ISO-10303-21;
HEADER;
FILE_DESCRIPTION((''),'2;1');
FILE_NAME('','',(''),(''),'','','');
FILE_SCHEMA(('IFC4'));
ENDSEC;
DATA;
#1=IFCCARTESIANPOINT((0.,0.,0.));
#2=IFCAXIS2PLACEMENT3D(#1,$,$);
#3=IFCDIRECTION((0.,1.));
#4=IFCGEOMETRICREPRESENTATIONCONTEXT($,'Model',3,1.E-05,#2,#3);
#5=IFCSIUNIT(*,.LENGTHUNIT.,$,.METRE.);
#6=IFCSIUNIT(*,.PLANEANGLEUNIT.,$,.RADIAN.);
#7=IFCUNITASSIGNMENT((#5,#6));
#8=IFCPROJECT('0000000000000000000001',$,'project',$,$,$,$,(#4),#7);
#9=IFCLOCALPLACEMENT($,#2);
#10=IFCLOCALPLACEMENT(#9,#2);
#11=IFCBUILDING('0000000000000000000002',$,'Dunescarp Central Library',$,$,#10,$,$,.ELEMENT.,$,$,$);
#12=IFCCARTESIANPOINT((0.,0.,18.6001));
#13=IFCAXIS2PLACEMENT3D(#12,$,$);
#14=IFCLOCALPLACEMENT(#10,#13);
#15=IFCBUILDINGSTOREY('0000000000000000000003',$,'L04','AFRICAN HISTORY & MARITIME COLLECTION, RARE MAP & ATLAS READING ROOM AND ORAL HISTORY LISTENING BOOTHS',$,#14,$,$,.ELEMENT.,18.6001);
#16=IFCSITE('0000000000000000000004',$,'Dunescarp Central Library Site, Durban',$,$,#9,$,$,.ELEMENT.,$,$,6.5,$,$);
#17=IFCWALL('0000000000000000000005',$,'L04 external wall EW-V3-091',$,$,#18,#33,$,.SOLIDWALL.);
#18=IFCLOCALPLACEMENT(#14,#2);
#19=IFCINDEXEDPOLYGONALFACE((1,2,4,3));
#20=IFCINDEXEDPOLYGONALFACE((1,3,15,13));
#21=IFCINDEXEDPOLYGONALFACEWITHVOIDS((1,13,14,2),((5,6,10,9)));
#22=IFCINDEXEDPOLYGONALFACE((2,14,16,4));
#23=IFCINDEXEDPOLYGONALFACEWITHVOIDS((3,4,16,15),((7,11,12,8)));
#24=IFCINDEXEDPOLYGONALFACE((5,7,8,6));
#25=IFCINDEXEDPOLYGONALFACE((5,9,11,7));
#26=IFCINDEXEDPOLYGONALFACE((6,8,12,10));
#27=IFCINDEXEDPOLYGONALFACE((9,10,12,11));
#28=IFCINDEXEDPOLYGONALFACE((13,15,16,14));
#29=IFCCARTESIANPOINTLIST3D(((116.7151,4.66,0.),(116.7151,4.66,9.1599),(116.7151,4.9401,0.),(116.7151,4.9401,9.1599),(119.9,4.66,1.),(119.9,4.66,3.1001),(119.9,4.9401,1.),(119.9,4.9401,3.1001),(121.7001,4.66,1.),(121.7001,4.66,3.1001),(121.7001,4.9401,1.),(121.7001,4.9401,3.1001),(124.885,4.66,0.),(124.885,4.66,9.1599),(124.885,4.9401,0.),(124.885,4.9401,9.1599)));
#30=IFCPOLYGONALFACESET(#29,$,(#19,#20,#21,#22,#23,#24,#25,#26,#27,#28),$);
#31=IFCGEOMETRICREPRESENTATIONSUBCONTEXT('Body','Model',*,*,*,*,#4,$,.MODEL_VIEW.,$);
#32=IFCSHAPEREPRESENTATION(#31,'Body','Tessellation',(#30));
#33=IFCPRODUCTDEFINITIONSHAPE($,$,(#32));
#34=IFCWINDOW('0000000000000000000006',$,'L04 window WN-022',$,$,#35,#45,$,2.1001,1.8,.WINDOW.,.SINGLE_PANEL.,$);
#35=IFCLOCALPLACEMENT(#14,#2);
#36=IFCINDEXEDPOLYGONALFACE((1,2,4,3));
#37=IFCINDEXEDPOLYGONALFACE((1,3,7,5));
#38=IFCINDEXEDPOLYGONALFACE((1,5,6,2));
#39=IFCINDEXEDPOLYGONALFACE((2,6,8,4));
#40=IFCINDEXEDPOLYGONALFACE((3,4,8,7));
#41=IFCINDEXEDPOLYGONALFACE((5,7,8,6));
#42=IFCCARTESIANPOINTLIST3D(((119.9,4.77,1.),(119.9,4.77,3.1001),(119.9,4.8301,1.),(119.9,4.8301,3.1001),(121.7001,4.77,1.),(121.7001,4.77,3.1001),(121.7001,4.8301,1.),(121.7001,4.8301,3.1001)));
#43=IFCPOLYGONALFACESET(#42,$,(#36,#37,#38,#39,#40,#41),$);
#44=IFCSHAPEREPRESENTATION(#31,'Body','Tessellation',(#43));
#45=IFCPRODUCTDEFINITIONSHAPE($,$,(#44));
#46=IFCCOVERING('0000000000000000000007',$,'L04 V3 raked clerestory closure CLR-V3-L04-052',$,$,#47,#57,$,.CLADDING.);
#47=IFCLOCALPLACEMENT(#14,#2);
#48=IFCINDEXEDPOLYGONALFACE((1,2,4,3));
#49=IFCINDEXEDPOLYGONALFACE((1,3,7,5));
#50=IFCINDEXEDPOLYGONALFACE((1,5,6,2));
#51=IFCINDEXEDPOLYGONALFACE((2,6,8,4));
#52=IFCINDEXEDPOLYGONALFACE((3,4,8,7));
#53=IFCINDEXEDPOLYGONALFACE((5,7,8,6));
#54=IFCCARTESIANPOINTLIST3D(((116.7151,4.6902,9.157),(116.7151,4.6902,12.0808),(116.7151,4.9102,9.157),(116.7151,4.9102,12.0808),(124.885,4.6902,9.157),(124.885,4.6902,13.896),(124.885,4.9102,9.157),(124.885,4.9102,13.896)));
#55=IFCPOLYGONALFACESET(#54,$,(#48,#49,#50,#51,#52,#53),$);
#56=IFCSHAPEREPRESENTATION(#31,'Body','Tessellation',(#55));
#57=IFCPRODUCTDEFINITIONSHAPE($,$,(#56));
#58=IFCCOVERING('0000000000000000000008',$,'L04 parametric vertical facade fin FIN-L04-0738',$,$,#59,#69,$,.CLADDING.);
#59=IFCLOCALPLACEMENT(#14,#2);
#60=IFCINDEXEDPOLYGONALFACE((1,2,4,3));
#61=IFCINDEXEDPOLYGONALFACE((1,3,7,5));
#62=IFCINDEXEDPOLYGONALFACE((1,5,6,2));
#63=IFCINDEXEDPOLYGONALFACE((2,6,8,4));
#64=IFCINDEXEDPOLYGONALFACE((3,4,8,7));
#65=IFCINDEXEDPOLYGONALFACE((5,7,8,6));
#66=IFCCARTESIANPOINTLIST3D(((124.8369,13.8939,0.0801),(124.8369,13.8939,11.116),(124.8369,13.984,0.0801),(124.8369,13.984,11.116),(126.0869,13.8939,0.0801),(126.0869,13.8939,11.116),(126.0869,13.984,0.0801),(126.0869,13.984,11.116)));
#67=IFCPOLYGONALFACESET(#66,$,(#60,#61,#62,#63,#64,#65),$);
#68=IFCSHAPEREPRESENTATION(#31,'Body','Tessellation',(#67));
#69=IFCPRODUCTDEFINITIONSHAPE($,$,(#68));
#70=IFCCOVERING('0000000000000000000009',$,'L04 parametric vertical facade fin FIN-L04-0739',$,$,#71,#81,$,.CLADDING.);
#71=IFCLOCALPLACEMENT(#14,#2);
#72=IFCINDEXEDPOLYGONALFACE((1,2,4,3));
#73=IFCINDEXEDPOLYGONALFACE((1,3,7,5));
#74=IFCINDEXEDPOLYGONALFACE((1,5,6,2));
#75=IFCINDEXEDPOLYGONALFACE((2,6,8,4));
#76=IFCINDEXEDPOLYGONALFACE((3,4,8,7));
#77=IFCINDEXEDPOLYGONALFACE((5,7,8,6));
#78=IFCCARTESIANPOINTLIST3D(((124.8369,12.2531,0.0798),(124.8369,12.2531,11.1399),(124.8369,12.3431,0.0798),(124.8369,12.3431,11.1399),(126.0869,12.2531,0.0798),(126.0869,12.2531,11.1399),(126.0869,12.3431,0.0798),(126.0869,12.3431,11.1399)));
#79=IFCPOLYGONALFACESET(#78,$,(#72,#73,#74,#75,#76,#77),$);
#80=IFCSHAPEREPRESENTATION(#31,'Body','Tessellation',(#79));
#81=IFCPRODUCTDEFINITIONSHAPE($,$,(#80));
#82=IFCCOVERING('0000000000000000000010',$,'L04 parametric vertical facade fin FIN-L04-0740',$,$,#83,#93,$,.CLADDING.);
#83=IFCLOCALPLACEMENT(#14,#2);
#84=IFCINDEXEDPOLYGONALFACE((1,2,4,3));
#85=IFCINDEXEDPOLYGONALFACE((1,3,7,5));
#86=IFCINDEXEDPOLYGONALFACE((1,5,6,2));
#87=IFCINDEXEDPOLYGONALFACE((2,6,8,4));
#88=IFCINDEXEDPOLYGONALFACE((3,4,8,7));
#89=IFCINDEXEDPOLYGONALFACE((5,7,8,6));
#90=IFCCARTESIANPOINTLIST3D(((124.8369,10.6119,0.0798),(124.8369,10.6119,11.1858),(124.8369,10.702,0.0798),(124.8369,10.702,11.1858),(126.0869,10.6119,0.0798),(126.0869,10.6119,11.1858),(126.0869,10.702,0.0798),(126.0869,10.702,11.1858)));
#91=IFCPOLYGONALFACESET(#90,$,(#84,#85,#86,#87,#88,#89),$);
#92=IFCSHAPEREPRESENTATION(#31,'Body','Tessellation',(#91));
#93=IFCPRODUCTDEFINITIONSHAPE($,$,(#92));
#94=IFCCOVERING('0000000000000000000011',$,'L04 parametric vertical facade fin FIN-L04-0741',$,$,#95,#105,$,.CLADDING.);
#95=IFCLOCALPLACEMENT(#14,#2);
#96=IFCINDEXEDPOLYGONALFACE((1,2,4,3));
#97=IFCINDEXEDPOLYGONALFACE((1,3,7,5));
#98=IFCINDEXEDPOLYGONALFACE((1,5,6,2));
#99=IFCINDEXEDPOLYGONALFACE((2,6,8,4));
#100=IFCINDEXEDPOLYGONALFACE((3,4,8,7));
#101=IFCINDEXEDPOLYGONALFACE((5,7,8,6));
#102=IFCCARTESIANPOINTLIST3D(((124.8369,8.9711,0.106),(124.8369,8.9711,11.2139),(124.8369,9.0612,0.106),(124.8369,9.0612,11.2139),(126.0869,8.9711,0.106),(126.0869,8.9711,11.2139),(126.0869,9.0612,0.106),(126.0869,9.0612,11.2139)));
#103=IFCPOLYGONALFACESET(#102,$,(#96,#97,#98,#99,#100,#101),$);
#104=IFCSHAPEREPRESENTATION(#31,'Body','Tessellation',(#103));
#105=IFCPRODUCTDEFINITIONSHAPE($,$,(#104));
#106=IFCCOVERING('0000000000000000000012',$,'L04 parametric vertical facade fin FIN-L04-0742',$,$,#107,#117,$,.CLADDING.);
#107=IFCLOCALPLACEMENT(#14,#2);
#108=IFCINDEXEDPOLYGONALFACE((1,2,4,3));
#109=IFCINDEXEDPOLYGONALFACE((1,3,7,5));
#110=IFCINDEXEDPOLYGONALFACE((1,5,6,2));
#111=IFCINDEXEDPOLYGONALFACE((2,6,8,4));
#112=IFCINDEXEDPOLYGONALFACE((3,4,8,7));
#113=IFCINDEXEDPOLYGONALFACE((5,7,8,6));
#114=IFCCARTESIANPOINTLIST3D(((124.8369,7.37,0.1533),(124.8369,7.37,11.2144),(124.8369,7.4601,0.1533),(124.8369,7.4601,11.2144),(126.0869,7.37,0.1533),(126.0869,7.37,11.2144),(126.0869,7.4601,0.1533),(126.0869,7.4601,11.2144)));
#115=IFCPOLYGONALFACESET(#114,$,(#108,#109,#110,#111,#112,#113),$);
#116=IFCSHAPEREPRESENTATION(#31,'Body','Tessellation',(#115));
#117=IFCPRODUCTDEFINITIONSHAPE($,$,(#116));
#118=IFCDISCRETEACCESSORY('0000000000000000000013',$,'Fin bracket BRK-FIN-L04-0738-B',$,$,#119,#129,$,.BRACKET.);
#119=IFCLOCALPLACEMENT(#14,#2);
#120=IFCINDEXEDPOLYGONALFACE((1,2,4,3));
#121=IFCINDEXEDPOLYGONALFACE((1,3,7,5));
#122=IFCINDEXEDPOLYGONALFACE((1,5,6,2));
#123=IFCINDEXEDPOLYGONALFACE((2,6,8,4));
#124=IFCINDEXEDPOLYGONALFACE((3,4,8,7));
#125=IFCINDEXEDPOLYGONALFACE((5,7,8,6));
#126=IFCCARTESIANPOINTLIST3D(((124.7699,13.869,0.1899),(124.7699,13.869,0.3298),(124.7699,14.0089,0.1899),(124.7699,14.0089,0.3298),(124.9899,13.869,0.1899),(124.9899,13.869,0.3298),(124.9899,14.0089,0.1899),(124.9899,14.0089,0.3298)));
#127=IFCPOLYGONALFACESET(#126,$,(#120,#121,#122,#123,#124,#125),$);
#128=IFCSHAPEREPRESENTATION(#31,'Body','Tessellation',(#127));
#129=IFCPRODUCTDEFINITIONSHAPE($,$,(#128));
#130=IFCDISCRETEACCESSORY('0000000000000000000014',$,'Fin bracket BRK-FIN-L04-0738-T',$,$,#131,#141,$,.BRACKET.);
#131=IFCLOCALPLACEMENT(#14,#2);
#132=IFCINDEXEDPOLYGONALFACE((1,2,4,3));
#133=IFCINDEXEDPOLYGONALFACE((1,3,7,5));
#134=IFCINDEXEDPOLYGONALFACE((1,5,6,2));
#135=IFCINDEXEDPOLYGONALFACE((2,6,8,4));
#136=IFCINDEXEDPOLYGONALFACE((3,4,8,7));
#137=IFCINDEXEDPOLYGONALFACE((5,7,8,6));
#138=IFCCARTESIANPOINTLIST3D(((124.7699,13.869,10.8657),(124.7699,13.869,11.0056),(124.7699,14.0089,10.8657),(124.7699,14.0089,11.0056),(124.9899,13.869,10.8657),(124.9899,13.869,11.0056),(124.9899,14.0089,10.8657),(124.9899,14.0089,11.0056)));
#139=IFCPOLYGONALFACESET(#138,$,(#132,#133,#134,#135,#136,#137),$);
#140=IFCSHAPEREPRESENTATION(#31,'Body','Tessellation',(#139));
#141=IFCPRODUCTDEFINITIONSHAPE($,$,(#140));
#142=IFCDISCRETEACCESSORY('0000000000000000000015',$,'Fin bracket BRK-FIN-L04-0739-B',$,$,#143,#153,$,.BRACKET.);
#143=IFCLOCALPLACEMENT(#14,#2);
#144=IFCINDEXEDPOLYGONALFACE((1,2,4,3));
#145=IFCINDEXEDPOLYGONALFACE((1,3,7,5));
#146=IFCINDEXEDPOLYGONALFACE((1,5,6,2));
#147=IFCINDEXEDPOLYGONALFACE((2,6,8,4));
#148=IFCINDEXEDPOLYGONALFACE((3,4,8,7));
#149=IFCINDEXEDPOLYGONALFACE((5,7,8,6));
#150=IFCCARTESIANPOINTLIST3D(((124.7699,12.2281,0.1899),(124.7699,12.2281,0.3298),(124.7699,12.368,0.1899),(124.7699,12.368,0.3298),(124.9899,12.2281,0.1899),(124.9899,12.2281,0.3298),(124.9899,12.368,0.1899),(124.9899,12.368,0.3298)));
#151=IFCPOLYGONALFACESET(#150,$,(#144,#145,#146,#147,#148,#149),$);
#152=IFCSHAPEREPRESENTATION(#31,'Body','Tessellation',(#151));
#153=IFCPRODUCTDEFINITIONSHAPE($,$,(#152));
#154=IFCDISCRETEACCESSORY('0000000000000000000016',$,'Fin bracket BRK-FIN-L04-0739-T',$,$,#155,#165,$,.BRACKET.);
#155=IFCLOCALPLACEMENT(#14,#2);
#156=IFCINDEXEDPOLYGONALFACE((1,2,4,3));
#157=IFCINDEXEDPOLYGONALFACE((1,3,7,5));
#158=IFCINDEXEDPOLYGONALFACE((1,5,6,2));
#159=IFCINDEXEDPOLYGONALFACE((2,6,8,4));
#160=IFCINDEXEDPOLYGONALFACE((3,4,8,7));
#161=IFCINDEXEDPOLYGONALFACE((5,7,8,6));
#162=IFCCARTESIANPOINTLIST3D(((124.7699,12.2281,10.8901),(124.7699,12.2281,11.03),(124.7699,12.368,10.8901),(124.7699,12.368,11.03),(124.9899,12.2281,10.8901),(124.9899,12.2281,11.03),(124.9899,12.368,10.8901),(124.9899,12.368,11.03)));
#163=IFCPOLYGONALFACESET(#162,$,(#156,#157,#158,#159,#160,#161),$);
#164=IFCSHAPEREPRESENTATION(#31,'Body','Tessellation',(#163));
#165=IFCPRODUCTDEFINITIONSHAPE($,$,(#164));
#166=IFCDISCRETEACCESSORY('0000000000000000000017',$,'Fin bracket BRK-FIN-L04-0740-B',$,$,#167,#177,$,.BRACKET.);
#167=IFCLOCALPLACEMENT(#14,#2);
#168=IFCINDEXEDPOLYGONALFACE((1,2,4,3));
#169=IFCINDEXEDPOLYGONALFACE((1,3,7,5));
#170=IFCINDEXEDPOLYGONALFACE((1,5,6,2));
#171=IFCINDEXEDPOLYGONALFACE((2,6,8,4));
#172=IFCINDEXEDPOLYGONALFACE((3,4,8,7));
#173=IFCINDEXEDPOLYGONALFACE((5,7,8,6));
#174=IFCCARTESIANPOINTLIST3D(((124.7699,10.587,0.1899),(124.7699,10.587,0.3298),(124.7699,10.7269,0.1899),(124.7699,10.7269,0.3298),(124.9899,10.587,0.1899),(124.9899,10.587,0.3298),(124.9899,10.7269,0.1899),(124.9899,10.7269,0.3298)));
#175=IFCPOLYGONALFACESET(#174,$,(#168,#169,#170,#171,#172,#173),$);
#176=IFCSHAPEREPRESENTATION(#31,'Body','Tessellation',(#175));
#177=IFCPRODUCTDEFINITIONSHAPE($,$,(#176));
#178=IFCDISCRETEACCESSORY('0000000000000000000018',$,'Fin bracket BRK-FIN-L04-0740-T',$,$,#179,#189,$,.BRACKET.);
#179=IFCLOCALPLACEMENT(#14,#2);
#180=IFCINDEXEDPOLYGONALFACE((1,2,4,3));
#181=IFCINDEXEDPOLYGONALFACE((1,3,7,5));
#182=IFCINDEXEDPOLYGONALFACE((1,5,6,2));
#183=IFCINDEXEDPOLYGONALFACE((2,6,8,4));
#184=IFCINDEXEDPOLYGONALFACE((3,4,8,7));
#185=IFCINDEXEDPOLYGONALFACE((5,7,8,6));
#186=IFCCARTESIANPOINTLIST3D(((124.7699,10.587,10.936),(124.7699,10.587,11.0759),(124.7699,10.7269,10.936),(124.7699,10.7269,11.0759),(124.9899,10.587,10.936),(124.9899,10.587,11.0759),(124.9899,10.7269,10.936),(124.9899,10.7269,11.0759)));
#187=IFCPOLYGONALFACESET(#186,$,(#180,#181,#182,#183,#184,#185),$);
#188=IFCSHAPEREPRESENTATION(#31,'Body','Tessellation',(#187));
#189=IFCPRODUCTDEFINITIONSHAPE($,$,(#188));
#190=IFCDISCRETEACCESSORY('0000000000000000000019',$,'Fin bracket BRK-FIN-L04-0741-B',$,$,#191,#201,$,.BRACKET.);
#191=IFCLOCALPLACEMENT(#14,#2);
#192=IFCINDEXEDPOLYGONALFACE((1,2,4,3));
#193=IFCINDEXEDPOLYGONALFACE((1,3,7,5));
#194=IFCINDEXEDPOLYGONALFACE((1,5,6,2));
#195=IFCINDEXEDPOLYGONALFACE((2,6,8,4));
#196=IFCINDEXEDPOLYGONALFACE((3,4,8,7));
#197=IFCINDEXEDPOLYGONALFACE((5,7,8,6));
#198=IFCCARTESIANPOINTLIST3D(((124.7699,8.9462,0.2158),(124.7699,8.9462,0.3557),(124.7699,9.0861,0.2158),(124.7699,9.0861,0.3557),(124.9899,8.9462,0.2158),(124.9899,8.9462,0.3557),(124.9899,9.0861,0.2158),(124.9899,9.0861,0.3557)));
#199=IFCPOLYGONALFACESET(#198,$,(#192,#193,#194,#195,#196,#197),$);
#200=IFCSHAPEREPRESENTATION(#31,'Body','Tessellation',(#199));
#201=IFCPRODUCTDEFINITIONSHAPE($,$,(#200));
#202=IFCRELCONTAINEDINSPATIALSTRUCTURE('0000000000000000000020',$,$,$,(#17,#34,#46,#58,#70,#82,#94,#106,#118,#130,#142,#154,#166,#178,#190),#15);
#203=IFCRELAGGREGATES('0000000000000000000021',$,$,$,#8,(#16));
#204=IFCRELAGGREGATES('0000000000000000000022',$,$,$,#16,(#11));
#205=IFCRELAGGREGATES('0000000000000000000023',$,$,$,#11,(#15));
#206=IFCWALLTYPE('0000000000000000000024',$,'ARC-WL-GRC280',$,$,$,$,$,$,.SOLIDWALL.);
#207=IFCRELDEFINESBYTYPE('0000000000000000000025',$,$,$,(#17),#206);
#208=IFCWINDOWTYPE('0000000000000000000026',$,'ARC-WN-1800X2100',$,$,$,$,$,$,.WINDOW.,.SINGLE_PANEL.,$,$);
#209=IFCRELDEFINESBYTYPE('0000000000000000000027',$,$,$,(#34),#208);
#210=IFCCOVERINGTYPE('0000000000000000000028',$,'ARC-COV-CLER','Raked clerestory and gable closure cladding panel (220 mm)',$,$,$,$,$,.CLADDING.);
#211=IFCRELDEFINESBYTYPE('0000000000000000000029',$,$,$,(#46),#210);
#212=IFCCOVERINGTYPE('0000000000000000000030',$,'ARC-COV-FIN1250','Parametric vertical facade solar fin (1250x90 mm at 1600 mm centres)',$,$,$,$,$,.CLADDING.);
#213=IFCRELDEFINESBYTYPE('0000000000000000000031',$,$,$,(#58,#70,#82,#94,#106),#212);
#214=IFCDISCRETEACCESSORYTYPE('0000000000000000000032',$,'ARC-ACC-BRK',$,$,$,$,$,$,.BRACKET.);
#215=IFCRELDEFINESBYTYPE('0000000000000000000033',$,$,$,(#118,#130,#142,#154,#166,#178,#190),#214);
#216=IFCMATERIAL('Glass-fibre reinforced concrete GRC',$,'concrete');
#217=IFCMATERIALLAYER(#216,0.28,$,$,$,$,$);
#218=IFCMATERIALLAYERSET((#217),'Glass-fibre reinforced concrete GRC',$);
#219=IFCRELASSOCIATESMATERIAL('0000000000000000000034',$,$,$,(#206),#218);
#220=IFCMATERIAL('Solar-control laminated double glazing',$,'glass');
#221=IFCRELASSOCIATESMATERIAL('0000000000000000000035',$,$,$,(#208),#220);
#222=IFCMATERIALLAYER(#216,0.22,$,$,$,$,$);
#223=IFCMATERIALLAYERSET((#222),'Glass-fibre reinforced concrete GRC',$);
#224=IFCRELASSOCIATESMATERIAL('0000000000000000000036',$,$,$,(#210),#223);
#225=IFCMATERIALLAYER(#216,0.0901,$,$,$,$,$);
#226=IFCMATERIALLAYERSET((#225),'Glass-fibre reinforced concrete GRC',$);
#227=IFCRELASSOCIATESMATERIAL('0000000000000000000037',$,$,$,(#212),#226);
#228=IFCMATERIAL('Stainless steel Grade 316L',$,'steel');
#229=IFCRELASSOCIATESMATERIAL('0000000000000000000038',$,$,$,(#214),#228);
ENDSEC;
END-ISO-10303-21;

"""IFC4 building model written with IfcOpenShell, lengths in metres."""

from ifc_helpers import new_model, si_unit, direction, frame, frame_2d, origin, origin_2d, place, context, subcontext, project, spatial, polyline, rectangle, outline, extrude, material, layer, layer_set, type_object, element, fill, save


model = new_model("IFC4")

# Units and contexts
model_context = context("Model", 3, precision=1e-05, world=origin(), true_north=direction((0.0, 1.0)))
body_context = subcontext(model_context, "Body", "Model", "MODEL_VIEW")
ifc_project = project(units=[si_unit("LENGTHUNIT", "METRE"), si_unit("PLANEANGLEUNIT", "RADIAN")], contexts=[model_context])

# Site, building, storey
site_placement = place(None, origin())
site = spatial("IfcSite", under=ifc_project, at=site_placement, Name="Dunescarp Central Library Site, Durban", CompositionType="ELEMENT", RefElevation=6.5)
building_placement = place(site_placement, origin())
building = spatial("IfcBuilding", under=site, at=building_placement, Name="Dunescarp Central Library", CompositionType="ELEMENT")
storey_placement = place(building_placement, frame((0.0, 0.0, 18.6001)))
storey = spatial("IfcBuildingStorey", under=building, at=storey_placement, Name="L04", Description="AFRICAN HISTORY & MARITIME COLLECTION, RARE MAP & ATLAS READING ROOM AND ORAL HISTORY LISTENING BOOTHS", CompositionType="ELEMENT", Elevation=18.6001)

# Shared definitions
ifc_material_1 = material(Name="Solar-control laminated double glazing", Category="glass")

# Wall, opening, window
ifc_material_2 = material(Name="Glass-fibre reinforced concrete GRC", Category="concrete")
ifc_layer_1 = layer(ifc_material_2, 0.28)
ifc_layer_set_1 = layer_set([ifc_layer_1], Name="Glass-fibre reinforced concrete GRC")
wall_type = type_object("IfcWallType", Name="ARC-WL-GRC280", PredefinedType="SOLIDWALL", material=ifc_layer_set_1)
wall_placement = place(storey_placement, frame((124.885, 4.8, 0.0), z_axis=(0.0, 0.0, 1.0), x_axis=(-1.0, 0.0, 0.0)))
wall = element("IfcWall", 1, at=wall_placement, inside=storey, type_object=wall_type, Name="L04 external wall EW-V3-091", PredefinedType="SOLIDWALL", context=body_context, shape_type="SweptSolid", body=[
    extrude(rectangle(XDim=8.1699, YDim=0.28, at=frame_2d((4.085, 0.0))), origin(), (0.0, 0.0, 1.0), 9.1599),
])
opening_placement = place(wall_placement, frame((3.1851, 0.0, 1.0)))
opening = element("IfcOpeningElement", 2, at=opening_placement, cuts=wall, PredefinedType="OPENING", context=body_context, shape_type="SweptSolid", body=[
    extrude(rectangle(XDim=1.8, YDim=2.1001, at=frame_2d((0.8999, 1.05))), frame((0.0, 0.1499, 0.0), z_axis=(0.0, -1.0, 0.0), x_axis=(1.0, 0.0, 0.0)), (0.0, 0.0, 1.0), 0.3),
])
window_type = type_object("IfcWindowType", Name="ARC-WN-1800X2100", PartitioningType="SINGLE_PANEL", PredefinedType="WINDOW", material=ifc_material_1)
window_placement = place(opening_placement, origin())
window = element("IfcWindow", 3, at=window_placement, inside=storey, type_object=window_type, Name="L04 window WN-022", OverallHeight=2.1001, OverallWidth=1.8, PartitioningType="SINGLE_PANEL", PredefinedType="WINDOW", context=body_context, shape_type="SweptSolid", body=[
    extrude(rectangle(XDim=1.8, YDim=2.1001, at=frame_2d((0.8999, 1.05))), frame((0.0, 0.03, 0.0), z_axis=(0.0, -1.0, 0.0), x_axis=(1.0, 0.0, 0.0)), (0.0, 0.0, 1.0), 0.0601),
])
fill(opening, window)

# Coverings
ifc_layer_2 = layer(ifc_material_2, 0.22)
ifc_layer_set_2 = layer_set([ifc_layer_2], Name="Glass-fibre reinforced concrete GRC")
covering_type_1 = type_object("IfcCoveringType", Name="ARC-COV-CLER", Description="Raked clerestory and gable closure cladding panel (220 mm)", PredefinedType="CLADDING", material=ifc_layer_set_2)
covering_1_placement = place(storey_placement, frame((124.885, 4.8, 9.157), z_axis=(0.0, 0.0, 1.0), x_axis=(-1.0, 0.0, 0.0)))
element("IfcCovering", 4, at=covering_1_placement, inside=storey, type_object=covering_type_1, Name="L04 V3 raked clerestory closure CLR-V3-L04-052", PredefinedType="CLADDING", context=body_context, shape_type="SweptSolid", body=[
    extrude(outline(polyline([(0.0, 0.0), (8.1699, 0.0), (8.1699, 2.9238), (0.0, 4.739), (0.0, 0.0)])), frame((0.0, 0.1099, 0.0), z_axis=(0.0, -1.0, 0.0), x_axis=(1.0, 0.0, 0.0)), (0.0, 0.0, 1.0), 0.22),
])
ifc_layer_3 = layer(ifc_material_2, 0.0901)
ifc_layer_set_3 = layer_set([ifc_layer_3], Name="Glass-fibre reinforced concrete GRC")
covering_type_2 = type_object("IfcCoveringType", Name="ARC-COV-FIN1250", Description="Parametric vertical facade solar fin (1250x90 mm at 1600 mm centres)", PredefinedType="CLADDING", material=ifc_layer_set_3)
covering_2_placement = place(storey_placement, frame((125.4619, 13.939, 0.0801), z_axis=(0.0, 0.0, 1.0), x_axis=(1.0, 0.0, 0.0)))
element("IfcCovering", 5, at=covering_2_placement, inside=storey, type_object=covering_type_2, Name="L04 parametric vertical facade fin FIN-L04-0738", PredefinedType="CLADDING", context=body_context, shape_type="SweptSolid", body=[
    extrude(rectangle(XDim=1.25, YDim=0.0901, at=origin_2d()), origin(), (0.0, 0.0, 1.0), 11.0359),
])
covering_3_placement = place(storey_placement, frame((125.4619, 12.2981, 0.0798), z_axis=(0.0, 0.0, 1.0), x_axis=(1.0, 0.0, 0.0)))
element("IfcCovering", 6, at=covering_3_placement, inside=storey, type_object=covering_type_2, Name="L04 parametric vertical facade fin FIN-L04-0739", PredefinedType="CLADDING", context=body_context, shape_type="SweptSolid", body=[
    extrude(rectangle(XDim=1.25, YDim=0.0901, at=origin_2d()), origin(), (0.0, 0.0, 1.0), 11.0601),
])
covering_4_placement = place(storey_placement, frame((125.4619, 10.657, 0.0798), z_axis=(0.0, 0.0, 1.0), x_axis=(1.0, 0.0, 0.0)))
element("IfcCovering", 7, at=covering_4_placement, inside=storey, type_object=covering_type_2, Name="L04 parametric vertical facade fin FIN-L04-0740", PredefinedType="CLADDING", context=body_context, shape_type="SweptSolid", body=[
    extrude(rectangle(XDim=1.25, YDim=0.0901, at=origin_2d()), origin(), (0.0, 0.0, 1.0), 11.106),
])
covering_5_placement = place(storey_placement, frame((125.4619, 9.0161, 0.106), z_axis=(0.0, 0.0, 1.0), x_axis=(1.0, 0.0, 0.0)))
element("IfcCovering", 8, at=covering_5_placement, inside=storey, type_object=covering_type_2, Name="L04 parametric vertical facade fin FIN-L04-0741", PredefinedType="CLADDING", context=body_context, shape_type="SweptSolid", body=[
    extrude(rectangle(XDim=1.25, YDim=0.0901, at=origin_2d()), origin(), (0.0, 0.0, 1.0), 11.1079),
])
covering_6_placement = place(storey_placement, frame((125.4619, 7.415, 0.1533), z_axis=(0.0, 0.0, 1.0), x_axis=(1.0, 0.0, 0.0)))
element("IfcCovering", 9, at=covering_6_placement, inside=storey, type_object=covering_type_2, Name="L04 parametric vertical facade fin FIN-L04-0742", PredefinedType="CLADDING", context=body_context, shape_type="SweptSolid", body=[
    extrude(rectangle(XDim=1.25, YDim=0.0901, at=origin_2d()), origin(), (0.0, 0.0, 1.0), 11.061),
])

# Discrete accessories
ifc_material_3 = material(Name="Stainless steel Grade 316L", Category="steel")
discrete_accessory_type = type_object("IfcDiscreteAccessoryType", Name="ARC-ACC-BRK", PredefinedType="BRACKET", material=ifc_material_3)
for number, where, z_axis, x_axis, name in (
    (10, (124.8799, 13.939, 0.1899), (0.0, 0.0, 1.0), (1.0, 0.0, 0.0), "Fin bracket BRK-FIN-L04-0738-B"),
    (11, (124.8799, 13.939, 10.8657), (0.0, 0.0, 1.0), (1.0, 0.0, 0.0), "Fin bracket BRK-FIN-L04-0738-T"),
    (12, (124.8799, 12.2981, 0.1899), (0.0, 0.0, 1.0), (1.0, 0.0, 0.0), "Fin bracket BRK-FIN-L04-0739-B"),
    (13, (124.8799, 12.2981, 10.8901), (0.0, 0.0, 1.0), (1.0, 0.0, 0.0), "Fin bracket BRK-FIN-L04-0739-T"),
    (14, (124.8799, 10.657, 0.1899), (0.0, 0.0, 1.0), (1.0, 0.0, 0.0), "Fin bracket BRK-FIN-L04-0740-B"),
    (15, (124.8799, 10.657, 10.936), (0.0, 0.0, 1.0), (1.0, 0.0, 0.0), "Fin bracket BRK-FIN-L04-0740-T"),
    (16, (124.8799, 9.0161, 0.2158), (0.0, 0.0, 1.0), (1.0, 0.0, 0.0), "Fin bracket BRK-FIN-L04-0741-B"),
):
    element("IfcDiscreteAccessory", number, at=place(storey_placement, frame(where, z_axis=z_axis, x_axis=x_axis)), inside=storey, type_object=discrete_accessory_type, Name=name, PredefinedType="BRACKET", context=body_context, shape_type="SweptSolid", body=[
        extrude(rectangle(XDim=0.22, YDim=0.1399, at=origin_2d()), origin(), (0.0, 0.0, 1.0), 0.1399),
    ])

save(model, "model.ifc")
